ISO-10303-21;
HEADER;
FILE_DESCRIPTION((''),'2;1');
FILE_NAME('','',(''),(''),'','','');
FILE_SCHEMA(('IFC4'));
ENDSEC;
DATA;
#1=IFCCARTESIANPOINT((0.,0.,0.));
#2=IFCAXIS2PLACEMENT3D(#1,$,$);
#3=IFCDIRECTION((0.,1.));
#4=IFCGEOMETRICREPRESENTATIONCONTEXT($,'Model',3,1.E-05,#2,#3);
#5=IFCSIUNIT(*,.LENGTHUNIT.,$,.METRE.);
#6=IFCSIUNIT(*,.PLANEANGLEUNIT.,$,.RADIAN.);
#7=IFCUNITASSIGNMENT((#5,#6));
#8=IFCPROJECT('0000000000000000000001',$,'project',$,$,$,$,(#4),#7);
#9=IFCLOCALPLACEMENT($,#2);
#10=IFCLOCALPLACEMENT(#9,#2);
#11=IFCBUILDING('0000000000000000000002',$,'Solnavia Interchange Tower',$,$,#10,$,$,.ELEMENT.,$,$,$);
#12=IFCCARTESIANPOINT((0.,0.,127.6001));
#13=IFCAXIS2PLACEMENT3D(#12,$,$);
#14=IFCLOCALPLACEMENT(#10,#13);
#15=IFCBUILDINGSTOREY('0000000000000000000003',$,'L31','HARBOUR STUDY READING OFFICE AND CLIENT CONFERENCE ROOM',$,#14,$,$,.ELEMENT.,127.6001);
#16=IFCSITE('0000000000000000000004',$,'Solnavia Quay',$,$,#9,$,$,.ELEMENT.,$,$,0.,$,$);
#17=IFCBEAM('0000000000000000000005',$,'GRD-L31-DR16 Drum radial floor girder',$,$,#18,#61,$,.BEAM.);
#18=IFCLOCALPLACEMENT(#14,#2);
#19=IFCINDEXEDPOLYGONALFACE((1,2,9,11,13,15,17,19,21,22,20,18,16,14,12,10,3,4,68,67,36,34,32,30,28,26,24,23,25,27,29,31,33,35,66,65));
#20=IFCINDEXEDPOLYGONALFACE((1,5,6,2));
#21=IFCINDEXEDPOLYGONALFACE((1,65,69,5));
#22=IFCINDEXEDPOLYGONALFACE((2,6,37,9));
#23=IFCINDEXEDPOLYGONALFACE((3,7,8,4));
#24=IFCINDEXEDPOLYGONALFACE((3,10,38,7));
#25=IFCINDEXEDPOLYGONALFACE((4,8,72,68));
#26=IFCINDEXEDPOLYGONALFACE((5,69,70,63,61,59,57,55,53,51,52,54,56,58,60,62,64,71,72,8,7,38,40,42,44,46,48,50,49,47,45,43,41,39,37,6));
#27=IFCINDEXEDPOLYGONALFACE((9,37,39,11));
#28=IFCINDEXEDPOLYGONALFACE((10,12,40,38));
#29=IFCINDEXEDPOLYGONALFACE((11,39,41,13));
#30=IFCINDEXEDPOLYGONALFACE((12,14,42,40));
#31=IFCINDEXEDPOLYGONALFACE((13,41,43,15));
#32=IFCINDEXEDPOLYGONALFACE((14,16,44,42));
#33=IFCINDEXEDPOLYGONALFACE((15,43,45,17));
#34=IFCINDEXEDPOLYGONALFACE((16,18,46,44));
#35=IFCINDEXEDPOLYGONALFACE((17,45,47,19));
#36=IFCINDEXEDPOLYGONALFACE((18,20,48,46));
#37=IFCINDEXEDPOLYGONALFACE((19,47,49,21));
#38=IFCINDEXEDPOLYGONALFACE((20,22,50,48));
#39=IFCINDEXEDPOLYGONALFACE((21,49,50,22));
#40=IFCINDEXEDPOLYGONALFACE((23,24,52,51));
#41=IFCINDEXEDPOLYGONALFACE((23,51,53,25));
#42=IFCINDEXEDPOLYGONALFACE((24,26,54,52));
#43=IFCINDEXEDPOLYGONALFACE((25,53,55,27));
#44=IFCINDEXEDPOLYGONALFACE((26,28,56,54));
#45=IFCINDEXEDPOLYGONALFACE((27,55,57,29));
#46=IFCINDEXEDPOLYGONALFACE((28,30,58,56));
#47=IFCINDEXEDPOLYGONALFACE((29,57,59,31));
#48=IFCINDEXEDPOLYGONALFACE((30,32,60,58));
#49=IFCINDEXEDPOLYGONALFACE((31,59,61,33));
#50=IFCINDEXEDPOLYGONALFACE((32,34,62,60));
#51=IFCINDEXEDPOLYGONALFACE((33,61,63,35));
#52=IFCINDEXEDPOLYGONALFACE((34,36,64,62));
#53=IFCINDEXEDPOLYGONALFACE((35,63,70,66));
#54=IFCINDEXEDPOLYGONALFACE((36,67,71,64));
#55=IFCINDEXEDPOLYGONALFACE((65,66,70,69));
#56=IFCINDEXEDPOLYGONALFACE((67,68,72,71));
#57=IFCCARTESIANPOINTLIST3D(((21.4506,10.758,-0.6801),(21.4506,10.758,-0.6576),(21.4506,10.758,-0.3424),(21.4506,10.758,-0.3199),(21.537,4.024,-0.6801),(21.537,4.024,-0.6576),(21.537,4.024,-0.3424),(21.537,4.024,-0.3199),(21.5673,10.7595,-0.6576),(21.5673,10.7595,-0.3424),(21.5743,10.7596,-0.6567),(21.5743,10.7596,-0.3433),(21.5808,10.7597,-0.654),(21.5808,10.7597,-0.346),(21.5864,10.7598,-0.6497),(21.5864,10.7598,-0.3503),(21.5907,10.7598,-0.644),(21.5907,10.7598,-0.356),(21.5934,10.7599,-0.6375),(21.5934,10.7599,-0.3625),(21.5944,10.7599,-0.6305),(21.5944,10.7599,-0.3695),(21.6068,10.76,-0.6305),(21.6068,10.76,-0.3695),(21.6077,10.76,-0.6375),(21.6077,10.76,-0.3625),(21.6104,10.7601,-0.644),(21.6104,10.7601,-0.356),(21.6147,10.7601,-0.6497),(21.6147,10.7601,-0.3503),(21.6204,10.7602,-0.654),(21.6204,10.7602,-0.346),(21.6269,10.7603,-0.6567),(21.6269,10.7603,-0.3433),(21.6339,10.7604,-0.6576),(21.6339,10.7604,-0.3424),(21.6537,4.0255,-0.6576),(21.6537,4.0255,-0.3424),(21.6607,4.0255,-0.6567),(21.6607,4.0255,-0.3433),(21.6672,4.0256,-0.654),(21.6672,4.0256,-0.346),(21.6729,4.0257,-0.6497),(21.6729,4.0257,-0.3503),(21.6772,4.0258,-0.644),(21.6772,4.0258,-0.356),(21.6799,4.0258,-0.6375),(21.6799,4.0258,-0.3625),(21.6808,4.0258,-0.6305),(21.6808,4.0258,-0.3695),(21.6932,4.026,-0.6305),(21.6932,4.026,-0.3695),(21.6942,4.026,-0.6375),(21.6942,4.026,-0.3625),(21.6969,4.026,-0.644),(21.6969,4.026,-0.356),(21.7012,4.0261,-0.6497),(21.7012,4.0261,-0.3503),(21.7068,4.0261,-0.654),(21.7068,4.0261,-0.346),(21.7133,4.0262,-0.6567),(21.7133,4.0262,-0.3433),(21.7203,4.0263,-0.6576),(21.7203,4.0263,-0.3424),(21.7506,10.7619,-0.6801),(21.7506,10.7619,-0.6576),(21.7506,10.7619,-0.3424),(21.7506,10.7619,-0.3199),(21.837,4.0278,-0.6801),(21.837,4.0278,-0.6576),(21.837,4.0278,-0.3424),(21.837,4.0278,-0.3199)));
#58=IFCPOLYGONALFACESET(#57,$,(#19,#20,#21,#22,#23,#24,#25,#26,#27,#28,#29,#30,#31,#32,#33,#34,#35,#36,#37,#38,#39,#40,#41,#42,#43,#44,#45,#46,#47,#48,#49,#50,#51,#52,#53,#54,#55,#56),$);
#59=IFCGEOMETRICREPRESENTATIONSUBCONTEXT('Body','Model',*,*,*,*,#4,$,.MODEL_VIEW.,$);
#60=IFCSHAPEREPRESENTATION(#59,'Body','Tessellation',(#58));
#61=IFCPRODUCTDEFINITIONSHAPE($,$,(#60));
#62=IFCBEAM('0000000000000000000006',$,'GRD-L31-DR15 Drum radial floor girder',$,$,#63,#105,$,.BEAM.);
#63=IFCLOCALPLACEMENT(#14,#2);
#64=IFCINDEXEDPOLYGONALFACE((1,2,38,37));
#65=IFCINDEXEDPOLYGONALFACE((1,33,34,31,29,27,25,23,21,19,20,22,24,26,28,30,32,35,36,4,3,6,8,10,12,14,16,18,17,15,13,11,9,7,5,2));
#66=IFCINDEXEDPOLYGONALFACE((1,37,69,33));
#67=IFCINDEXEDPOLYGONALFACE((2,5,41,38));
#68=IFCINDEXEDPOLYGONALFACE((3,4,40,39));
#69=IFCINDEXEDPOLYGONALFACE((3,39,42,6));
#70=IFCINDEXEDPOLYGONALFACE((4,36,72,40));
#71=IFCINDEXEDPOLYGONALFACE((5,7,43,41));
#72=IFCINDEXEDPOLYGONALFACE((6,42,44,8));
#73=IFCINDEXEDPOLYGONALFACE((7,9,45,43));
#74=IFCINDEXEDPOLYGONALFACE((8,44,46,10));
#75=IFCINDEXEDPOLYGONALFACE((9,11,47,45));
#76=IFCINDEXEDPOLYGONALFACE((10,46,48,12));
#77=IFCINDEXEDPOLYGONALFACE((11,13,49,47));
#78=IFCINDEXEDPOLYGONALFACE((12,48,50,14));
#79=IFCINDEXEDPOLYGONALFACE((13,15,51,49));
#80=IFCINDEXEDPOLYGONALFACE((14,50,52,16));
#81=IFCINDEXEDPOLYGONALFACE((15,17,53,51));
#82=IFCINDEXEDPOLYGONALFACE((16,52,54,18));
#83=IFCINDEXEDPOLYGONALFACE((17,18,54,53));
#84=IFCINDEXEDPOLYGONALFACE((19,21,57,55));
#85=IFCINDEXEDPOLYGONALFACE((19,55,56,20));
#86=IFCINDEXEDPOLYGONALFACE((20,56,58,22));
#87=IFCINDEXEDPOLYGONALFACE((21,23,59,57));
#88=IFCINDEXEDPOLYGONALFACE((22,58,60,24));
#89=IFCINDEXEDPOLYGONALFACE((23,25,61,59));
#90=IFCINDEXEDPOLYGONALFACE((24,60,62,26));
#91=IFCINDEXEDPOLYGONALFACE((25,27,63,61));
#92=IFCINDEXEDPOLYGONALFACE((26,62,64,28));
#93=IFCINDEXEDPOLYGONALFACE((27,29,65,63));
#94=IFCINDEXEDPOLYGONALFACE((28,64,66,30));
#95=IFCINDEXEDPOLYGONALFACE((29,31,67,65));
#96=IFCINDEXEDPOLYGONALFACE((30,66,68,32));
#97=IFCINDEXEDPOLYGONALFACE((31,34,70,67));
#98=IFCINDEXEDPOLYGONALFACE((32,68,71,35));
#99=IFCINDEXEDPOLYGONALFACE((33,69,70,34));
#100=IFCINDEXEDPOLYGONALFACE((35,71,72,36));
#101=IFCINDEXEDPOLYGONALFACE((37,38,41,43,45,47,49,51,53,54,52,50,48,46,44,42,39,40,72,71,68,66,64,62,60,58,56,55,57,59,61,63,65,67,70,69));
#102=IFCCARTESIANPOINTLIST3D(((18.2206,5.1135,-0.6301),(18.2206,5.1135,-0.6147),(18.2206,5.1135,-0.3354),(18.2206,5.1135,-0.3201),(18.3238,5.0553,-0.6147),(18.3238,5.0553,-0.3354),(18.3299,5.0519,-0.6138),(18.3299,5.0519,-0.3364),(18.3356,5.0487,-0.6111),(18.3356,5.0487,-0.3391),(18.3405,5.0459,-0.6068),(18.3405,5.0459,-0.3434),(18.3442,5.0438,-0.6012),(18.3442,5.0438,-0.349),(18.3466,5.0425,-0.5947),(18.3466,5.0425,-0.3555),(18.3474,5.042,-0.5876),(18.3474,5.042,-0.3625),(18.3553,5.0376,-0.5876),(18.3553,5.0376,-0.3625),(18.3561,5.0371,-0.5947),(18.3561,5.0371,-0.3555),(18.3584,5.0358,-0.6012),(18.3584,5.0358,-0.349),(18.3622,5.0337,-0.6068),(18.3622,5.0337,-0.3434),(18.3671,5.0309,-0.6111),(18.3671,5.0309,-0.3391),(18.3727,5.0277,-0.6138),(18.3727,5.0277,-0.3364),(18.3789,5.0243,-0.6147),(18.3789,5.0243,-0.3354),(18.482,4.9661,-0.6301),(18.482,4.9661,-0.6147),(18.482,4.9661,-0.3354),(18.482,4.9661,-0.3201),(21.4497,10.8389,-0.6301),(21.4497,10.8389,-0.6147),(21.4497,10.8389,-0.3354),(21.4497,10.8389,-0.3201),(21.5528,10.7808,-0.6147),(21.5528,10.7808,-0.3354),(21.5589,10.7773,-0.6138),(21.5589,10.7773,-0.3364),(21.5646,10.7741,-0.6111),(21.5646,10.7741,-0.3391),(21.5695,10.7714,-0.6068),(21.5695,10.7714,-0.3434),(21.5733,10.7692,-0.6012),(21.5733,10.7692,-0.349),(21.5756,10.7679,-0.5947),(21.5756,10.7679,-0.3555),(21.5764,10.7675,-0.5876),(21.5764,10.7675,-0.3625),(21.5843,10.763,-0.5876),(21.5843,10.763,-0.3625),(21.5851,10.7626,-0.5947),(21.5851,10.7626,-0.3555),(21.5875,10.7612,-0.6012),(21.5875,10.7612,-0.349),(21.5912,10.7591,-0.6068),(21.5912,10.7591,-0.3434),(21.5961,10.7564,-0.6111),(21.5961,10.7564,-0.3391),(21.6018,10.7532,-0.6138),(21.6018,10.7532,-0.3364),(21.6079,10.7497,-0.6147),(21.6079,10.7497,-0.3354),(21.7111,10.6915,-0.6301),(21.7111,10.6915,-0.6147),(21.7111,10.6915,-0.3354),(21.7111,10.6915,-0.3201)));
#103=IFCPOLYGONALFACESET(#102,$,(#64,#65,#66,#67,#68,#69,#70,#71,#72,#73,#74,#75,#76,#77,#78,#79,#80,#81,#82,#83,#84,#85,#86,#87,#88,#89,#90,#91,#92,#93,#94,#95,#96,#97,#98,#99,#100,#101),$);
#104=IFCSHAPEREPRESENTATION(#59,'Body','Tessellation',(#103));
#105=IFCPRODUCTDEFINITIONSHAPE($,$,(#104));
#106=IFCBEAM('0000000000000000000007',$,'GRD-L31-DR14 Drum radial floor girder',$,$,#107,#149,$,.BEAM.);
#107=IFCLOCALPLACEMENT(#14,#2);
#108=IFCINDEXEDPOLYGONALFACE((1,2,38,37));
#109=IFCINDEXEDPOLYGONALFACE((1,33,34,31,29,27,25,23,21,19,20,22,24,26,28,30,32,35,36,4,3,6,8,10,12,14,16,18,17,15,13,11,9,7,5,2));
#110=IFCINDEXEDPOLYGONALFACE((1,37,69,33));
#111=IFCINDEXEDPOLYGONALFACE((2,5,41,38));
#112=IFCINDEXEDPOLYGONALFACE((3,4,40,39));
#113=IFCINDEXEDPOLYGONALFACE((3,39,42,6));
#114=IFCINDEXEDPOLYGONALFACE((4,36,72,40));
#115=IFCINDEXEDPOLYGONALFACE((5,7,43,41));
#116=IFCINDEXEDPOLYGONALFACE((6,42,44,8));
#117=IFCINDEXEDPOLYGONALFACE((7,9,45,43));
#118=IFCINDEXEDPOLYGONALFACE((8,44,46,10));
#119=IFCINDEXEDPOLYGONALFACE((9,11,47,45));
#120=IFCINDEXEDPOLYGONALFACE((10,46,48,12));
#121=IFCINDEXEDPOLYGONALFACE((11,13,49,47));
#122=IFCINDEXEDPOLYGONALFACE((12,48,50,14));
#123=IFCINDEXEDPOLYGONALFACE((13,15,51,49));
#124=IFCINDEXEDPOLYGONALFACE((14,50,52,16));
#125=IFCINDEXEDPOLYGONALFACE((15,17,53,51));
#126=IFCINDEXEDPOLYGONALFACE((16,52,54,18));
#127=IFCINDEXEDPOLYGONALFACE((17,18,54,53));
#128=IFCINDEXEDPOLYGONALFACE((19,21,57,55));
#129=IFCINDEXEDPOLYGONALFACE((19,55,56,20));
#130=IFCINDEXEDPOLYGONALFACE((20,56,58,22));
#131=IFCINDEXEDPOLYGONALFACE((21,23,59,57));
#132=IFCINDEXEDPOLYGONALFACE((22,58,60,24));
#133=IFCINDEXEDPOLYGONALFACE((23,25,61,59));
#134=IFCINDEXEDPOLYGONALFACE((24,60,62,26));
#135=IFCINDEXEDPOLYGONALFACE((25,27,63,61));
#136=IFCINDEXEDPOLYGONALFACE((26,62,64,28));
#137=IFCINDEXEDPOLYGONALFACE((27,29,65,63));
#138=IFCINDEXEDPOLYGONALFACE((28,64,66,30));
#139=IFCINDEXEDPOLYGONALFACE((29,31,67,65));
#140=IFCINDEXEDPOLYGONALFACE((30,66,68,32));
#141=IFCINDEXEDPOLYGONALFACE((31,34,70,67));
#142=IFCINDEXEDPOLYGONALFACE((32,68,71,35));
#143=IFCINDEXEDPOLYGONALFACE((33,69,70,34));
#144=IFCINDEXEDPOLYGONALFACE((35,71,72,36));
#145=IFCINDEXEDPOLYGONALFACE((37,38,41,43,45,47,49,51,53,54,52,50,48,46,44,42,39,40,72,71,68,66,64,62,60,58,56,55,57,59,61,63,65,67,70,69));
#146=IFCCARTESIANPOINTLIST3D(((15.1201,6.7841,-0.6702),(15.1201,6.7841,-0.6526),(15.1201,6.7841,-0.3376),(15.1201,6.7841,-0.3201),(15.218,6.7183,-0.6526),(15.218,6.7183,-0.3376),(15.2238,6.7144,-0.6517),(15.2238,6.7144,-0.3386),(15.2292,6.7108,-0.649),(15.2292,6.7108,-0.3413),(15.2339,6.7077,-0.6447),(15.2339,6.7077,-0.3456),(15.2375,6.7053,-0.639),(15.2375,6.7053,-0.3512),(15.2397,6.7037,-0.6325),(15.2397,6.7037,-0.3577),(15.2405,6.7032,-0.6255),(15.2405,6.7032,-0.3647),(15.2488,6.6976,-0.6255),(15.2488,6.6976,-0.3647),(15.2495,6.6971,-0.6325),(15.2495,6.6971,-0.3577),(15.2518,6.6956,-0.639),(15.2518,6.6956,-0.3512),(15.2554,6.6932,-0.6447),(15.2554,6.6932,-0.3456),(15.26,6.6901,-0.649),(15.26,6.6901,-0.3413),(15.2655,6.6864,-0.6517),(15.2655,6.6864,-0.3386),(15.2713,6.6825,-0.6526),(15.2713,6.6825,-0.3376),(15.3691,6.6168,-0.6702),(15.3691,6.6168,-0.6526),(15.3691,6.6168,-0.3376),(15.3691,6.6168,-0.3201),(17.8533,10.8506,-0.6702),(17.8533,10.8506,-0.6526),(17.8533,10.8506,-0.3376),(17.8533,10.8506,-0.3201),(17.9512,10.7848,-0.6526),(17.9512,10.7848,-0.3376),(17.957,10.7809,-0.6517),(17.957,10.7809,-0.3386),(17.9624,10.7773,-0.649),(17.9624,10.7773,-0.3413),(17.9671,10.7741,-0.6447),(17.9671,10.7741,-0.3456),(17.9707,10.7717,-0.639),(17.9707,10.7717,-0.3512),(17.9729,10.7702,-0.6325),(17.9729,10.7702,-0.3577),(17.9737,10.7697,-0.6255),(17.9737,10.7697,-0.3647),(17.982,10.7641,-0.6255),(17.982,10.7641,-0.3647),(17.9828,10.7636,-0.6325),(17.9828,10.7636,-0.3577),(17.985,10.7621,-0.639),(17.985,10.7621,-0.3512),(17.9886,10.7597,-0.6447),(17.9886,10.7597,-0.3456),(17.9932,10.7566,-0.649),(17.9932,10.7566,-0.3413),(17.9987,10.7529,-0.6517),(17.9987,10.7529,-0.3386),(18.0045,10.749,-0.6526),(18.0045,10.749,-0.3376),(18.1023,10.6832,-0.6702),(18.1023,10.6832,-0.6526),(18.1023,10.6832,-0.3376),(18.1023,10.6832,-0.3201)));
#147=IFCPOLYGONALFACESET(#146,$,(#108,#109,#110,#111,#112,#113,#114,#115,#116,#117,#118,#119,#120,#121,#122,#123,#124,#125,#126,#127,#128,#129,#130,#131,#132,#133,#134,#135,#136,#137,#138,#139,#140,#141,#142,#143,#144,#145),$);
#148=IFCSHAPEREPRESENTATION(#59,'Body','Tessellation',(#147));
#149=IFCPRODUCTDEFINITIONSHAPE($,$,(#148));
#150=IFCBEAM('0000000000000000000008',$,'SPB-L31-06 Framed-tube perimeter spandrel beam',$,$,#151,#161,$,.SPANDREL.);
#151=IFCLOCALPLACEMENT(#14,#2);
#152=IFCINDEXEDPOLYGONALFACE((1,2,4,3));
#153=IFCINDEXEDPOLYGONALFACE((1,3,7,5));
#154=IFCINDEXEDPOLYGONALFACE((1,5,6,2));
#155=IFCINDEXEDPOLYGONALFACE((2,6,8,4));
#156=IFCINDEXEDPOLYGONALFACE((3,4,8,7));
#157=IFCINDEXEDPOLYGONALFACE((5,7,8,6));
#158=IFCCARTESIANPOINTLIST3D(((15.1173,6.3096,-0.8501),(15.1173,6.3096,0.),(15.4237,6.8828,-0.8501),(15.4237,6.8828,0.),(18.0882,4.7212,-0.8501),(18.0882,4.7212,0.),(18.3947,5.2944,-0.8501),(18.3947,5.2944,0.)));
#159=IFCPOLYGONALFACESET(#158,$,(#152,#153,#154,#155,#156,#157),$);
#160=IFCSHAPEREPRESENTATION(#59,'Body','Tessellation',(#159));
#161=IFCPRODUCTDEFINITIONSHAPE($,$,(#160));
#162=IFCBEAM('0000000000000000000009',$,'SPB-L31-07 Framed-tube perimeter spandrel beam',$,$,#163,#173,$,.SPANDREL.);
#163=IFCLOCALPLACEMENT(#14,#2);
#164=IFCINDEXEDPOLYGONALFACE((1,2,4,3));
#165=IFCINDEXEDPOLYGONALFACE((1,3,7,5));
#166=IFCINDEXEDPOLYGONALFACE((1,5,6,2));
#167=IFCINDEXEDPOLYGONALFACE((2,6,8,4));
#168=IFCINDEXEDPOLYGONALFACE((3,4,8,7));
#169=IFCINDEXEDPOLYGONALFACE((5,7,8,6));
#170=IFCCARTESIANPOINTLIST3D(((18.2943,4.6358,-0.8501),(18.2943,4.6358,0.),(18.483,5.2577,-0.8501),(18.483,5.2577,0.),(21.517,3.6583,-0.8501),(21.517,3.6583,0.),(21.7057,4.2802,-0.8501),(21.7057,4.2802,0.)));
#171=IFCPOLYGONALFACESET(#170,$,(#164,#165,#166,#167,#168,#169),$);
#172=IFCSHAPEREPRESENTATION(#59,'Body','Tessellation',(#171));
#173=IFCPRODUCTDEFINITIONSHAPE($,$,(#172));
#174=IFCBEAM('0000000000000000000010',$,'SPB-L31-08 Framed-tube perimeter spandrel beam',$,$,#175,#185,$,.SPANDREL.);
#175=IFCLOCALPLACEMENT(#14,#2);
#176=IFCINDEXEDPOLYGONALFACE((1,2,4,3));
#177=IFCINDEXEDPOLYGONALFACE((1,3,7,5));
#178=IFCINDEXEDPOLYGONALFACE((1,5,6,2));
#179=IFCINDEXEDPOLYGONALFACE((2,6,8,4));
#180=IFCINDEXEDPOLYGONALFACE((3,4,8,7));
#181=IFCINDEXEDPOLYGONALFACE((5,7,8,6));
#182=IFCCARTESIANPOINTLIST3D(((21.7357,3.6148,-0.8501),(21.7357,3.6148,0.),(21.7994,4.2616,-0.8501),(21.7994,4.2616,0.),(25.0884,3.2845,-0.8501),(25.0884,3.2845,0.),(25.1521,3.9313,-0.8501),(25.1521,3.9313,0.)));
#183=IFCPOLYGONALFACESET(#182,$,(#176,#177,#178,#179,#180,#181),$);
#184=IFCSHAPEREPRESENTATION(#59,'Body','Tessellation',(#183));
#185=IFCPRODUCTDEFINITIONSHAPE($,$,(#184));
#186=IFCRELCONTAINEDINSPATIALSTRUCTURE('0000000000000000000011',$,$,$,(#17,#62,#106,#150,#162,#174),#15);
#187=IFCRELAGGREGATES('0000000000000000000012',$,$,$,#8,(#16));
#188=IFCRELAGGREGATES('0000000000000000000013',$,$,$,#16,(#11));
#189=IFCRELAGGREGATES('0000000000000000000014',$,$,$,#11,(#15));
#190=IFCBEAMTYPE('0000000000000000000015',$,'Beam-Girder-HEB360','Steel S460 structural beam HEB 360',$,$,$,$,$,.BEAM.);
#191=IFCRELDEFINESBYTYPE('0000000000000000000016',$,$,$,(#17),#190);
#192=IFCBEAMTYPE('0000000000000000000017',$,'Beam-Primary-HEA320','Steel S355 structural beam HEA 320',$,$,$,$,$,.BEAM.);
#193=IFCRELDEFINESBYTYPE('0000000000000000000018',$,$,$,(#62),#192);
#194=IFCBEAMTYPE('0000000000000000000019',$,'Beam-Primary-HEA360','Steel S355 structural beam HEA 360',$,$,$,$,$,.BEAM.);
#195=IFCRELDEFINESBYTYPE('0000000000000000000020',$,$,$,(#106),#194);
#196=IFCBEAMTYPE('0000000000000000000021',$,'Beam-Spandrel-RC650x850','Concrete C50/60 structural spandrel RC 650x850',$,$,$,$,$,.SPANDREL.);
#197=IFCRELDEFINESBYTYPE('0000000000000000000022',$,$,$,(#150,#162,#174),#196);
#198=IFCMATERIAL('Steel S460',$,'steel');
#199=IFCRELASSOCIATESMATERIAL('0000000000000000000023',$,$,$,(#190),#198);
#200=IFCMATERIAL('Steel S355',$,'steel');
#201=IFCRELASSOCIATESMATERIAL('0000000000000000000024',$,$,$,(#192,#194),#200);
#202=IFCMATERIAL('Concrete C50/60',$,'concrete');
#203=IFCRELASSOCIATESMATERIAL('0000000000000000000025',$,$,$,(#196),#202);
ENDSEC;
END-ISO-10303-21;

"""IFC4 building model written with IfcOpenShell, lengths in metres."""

from ifc_helpers import new_model, si_unit, direction, frame, origin, origin_2d, place, context, subcontext, project, spatial, rectangle, i_section, extrude, material, material_profile, profile_set, type_object, element, save


model = new_model("IFC4")

# Units and contexts
model_context = context("Model", 3, precision=1e-05, world=origin(), true_north=direction((0.0, 1.0)))
body_context = subcontext(model_context, "Body", "Model", "MODEL_VIEW")
ifc_project = project(units=[si_unit("LENGTHUNIT", "METRE"), si_unit("PLANEANGLEUNIT", "RADIAN")], contexts=[model_context])

# Site, building, storey
site_placement = place(None, origin())
site = spatial("IfcSite", under=ifc_project, at=site_placement, Name="Solnavia Quay", CompositionType="ELEMENT", RefElevation=0.0)
building_placement = place(site_placement, origin())
building = spatial("IfcBuilding", under=site, at=building_placement, Name="Solnavia Interchange Tower", CompositionType="ELEMENT")
storey_placement = place(building_placement, frame((0.0, 0.0, 127.6001)))
storey = spatial("IfcBuildingStorey", under=building, at=storey_placement, Name="L31", Description="HARBOUR STUDY READING OFFICE AND CLIENT CONFERENCE ROOM", CompositionType="ELEMENT", Elevation=127.6001)

# Shared definitions
ifc_material_1 = material(Name="Concrete C50/60", Category="concrete")
ifc_material_2 = material(Name="Steel S355", Category="steel")

# Beams
ifc_material_3 = material(Name="Steel S460", Category="steel")
ifc_material_profile_1 = material_profile(ifc_material_3, i_section(OverallWidth=0.3, OverallDepth=0.3601, WebThickness=0.0125, FlangeThickness=0.0225, FilletRadius=0.0271, at=origin_2d()), Name="HEB 360")
ifc_profile_set_1 = profile_set([ifc_material_profile_1], Name="Steel S460")
beam_type_1 = type_object("IfcBeamType", Name="Beam-Girder-HEB360", Description="Steel S460 structural beam HEB 360", PredefinedType="BEAM", material=ifc_profile_set_1)
beam_1_placement = place(storey_placement, frame((21.687, 4.0259, -0.5), z_axis=(-0.012833, 0.999918, 0.0), x_axis=(-0.999918, -0.012833, 0.0)))
element("IfcBeam", 1, at=beam_1_placement, inside=storey, type_object=beam_type_1, Name="GRD-L31-DR16 Drum radial floor girder", PredefinedType="BEAM", context=body_context, shape_type="SweptSolid", body=[
    extrude(i_section(OverallWidth=0.3, OverallDepth=0.3601, WebThickness=0.0125, FlangeThickness=0.0225, FilletRadius=0.0271, at=origin_2d()), origin(), (0.0, 0.0, 1.0), 6.7346),
])
ifc_material_profile_2 = material_profile(ifc_material_2, i_section(OverallWidth=0.3, OverallDepth=0.3101, WebThickness=0.009, FlangeThickness=0.0154, FilletRadius=0.0271, at=origin_2d()), Name="HEA 320")
ifc_profile_set_2 = profile_set([ifc_material_profile_2], Name="Steel S355")
beam_type_2 = type_object("IfcBeamType", Name="Beam-Primary-HEA320", Description="Steel S355 structural beam HEA 320", PredefinedType="BEAM", material=ifc_profile_set_2)
beam_2_placement = place(storey_placement, frame((18.3513, 5.0398, -0.4751), z_axis=(0.491243, 0.871022, 0.0), x_axis=(-0.871022, 0.491243, 0.0)))
element("IfcBeam", 2, at=beam_2_placement, inside=storey, type_object=beam_type_2, Name="GRD-L31-DR15 Drum radial floor girder", PredefinedType="BEAM", context=body_context, shape_type="SweptSolid", body=[
    extrude(i_section(OverallWidth=0.3, OverallDepth=0.3101, WebThickness=0.009, FlangeThickness=0.0154, FilletRadius=0.0271, at=origin_2d()), origin(), (0.0, 0.0, 1.0), 6.5732),
])
ifc_material_profile_3 = material_profile(ifc_material_2, i_section(OverallWidth=0.3, OverallDepth=0.3501, WebThickness=0.01, FlangeThickness=0.0176, FilletRadius=0.0271, at=origin_2d()), Name="HEA 360")
ifc_profile_set_3 = profile_set([ifc_material_profile_3], Name="Steel S355")
beam_type_3 = type_object("IfcBeamType", Name="Beam-Primary-HEA360", Description="Steel S355 structural beam HEA 360", PredefinedType="BEAM", material=ifc_profile_set_3)
beam_3_placement = place(storey_placement, frame((15.2446, 6.7004, -0.4951), z_axis=(0.557835, 0.829952, 0.0), x_axis=(-0.829952, 0.557835, 0.0)))
element("IfcBeam", 3, at=beam_3_placement, inside=storey, type_object=beam_type_3, Name="GRD-L31-DR14 Drum radial floor girder", PredefinedType="BEAM", context=body_context, shape_type="SweptSolid", body=[
    extrude(i_section(OverallWidth=0.3, OverallDepth=0.3501, WebThickness=0.01, FlangeThickness=0.0176, FilletRadius=0.0271, at=origin_2d()), origin(), (0.0, 0.0, 1.0), 4.8997),
])
ifc_material_profile_4 = material_profile(ifc_material_1, rectangle(XDim=0.6499, YDim=0.8501, at=origin_2d()), Name="RC 650x850")
ifc_profile_set_4 = profile_set([ifc_material_profile_4], Name="Concrete C50/60")
beam_type_4 = type_object("IfcBeamType", Name="Beam-Spandrel-RC650x850", Description="Concrete C50/60 structural spandrel RC 650x850", PredefinedType="SPANDREL", material=ifc_profile_set_4)
beam_4_placement = place(storey_placement, frame((15.2705, 6.5962, -0.425), z_axis=(0.881875, -0.471483, 0.0), x_axis=(0.471483, 0.881875, 0.0)))
element("IfcBeam", 4, at=beam_4_placement, inside=storey, type_object=beam_type_4, Name="SPB-L31-06 Framed-tube perimeter spandrel beam", PredefinedType="SPANDREL", context=body_context, shape_type="SweptSolid", body=[
    extrude(rectangle(XDim=0.6499, YDim=0.8501, at=origin_2d()), origin(), (0.0, 0.0, 1.0), 3.3689),
])
beam_5_placement = place(storey_placement, frame((18.3887, 4.9468, -0.425), z_axis=(0.956944, -0.290273, 0.0), x_axis=(0.290273, 0.956944, 0.0)))
element("IfcBeam", 5, at=beam_5_placement, inside=storey, type_object=beam_type_4, Name="SPB-L31-07 Framed-tube perimeter spandrel beam", PredefinedType="SPANDREL", context=body_context, shape_type="SweptSolid", body=[
    extrude(rectangle(XDim=0.6499, YDim=0.8501, at=origin_2d()), origin(), (0.0, 0.0, 1.0), 3.3677),
])
beam_6_placement = place(storey_placement, frame((21.7676, 3.9382, -0.425), z_axis=(0.995182, -0.098047, 0.0), x_axis=(0.098047, 0.995182, 0.0)))
element("IfcBeam", 6, at=beam_6_placement, inside=storey, type_object=beam_type_4, Name="SPB-L31-08 Framed-tube perimeter spandrel beam", PredefinedType="SPANDREL", context=body_context, shape_type="SweptSolid", body=[
    extrude(rectangle(XDim=0.6499, YDim=0.8501, at=origin_2d()), origin(), (0.0, 0.0, 1.0), 3.3689),
])

save(model, "model.ifc")
